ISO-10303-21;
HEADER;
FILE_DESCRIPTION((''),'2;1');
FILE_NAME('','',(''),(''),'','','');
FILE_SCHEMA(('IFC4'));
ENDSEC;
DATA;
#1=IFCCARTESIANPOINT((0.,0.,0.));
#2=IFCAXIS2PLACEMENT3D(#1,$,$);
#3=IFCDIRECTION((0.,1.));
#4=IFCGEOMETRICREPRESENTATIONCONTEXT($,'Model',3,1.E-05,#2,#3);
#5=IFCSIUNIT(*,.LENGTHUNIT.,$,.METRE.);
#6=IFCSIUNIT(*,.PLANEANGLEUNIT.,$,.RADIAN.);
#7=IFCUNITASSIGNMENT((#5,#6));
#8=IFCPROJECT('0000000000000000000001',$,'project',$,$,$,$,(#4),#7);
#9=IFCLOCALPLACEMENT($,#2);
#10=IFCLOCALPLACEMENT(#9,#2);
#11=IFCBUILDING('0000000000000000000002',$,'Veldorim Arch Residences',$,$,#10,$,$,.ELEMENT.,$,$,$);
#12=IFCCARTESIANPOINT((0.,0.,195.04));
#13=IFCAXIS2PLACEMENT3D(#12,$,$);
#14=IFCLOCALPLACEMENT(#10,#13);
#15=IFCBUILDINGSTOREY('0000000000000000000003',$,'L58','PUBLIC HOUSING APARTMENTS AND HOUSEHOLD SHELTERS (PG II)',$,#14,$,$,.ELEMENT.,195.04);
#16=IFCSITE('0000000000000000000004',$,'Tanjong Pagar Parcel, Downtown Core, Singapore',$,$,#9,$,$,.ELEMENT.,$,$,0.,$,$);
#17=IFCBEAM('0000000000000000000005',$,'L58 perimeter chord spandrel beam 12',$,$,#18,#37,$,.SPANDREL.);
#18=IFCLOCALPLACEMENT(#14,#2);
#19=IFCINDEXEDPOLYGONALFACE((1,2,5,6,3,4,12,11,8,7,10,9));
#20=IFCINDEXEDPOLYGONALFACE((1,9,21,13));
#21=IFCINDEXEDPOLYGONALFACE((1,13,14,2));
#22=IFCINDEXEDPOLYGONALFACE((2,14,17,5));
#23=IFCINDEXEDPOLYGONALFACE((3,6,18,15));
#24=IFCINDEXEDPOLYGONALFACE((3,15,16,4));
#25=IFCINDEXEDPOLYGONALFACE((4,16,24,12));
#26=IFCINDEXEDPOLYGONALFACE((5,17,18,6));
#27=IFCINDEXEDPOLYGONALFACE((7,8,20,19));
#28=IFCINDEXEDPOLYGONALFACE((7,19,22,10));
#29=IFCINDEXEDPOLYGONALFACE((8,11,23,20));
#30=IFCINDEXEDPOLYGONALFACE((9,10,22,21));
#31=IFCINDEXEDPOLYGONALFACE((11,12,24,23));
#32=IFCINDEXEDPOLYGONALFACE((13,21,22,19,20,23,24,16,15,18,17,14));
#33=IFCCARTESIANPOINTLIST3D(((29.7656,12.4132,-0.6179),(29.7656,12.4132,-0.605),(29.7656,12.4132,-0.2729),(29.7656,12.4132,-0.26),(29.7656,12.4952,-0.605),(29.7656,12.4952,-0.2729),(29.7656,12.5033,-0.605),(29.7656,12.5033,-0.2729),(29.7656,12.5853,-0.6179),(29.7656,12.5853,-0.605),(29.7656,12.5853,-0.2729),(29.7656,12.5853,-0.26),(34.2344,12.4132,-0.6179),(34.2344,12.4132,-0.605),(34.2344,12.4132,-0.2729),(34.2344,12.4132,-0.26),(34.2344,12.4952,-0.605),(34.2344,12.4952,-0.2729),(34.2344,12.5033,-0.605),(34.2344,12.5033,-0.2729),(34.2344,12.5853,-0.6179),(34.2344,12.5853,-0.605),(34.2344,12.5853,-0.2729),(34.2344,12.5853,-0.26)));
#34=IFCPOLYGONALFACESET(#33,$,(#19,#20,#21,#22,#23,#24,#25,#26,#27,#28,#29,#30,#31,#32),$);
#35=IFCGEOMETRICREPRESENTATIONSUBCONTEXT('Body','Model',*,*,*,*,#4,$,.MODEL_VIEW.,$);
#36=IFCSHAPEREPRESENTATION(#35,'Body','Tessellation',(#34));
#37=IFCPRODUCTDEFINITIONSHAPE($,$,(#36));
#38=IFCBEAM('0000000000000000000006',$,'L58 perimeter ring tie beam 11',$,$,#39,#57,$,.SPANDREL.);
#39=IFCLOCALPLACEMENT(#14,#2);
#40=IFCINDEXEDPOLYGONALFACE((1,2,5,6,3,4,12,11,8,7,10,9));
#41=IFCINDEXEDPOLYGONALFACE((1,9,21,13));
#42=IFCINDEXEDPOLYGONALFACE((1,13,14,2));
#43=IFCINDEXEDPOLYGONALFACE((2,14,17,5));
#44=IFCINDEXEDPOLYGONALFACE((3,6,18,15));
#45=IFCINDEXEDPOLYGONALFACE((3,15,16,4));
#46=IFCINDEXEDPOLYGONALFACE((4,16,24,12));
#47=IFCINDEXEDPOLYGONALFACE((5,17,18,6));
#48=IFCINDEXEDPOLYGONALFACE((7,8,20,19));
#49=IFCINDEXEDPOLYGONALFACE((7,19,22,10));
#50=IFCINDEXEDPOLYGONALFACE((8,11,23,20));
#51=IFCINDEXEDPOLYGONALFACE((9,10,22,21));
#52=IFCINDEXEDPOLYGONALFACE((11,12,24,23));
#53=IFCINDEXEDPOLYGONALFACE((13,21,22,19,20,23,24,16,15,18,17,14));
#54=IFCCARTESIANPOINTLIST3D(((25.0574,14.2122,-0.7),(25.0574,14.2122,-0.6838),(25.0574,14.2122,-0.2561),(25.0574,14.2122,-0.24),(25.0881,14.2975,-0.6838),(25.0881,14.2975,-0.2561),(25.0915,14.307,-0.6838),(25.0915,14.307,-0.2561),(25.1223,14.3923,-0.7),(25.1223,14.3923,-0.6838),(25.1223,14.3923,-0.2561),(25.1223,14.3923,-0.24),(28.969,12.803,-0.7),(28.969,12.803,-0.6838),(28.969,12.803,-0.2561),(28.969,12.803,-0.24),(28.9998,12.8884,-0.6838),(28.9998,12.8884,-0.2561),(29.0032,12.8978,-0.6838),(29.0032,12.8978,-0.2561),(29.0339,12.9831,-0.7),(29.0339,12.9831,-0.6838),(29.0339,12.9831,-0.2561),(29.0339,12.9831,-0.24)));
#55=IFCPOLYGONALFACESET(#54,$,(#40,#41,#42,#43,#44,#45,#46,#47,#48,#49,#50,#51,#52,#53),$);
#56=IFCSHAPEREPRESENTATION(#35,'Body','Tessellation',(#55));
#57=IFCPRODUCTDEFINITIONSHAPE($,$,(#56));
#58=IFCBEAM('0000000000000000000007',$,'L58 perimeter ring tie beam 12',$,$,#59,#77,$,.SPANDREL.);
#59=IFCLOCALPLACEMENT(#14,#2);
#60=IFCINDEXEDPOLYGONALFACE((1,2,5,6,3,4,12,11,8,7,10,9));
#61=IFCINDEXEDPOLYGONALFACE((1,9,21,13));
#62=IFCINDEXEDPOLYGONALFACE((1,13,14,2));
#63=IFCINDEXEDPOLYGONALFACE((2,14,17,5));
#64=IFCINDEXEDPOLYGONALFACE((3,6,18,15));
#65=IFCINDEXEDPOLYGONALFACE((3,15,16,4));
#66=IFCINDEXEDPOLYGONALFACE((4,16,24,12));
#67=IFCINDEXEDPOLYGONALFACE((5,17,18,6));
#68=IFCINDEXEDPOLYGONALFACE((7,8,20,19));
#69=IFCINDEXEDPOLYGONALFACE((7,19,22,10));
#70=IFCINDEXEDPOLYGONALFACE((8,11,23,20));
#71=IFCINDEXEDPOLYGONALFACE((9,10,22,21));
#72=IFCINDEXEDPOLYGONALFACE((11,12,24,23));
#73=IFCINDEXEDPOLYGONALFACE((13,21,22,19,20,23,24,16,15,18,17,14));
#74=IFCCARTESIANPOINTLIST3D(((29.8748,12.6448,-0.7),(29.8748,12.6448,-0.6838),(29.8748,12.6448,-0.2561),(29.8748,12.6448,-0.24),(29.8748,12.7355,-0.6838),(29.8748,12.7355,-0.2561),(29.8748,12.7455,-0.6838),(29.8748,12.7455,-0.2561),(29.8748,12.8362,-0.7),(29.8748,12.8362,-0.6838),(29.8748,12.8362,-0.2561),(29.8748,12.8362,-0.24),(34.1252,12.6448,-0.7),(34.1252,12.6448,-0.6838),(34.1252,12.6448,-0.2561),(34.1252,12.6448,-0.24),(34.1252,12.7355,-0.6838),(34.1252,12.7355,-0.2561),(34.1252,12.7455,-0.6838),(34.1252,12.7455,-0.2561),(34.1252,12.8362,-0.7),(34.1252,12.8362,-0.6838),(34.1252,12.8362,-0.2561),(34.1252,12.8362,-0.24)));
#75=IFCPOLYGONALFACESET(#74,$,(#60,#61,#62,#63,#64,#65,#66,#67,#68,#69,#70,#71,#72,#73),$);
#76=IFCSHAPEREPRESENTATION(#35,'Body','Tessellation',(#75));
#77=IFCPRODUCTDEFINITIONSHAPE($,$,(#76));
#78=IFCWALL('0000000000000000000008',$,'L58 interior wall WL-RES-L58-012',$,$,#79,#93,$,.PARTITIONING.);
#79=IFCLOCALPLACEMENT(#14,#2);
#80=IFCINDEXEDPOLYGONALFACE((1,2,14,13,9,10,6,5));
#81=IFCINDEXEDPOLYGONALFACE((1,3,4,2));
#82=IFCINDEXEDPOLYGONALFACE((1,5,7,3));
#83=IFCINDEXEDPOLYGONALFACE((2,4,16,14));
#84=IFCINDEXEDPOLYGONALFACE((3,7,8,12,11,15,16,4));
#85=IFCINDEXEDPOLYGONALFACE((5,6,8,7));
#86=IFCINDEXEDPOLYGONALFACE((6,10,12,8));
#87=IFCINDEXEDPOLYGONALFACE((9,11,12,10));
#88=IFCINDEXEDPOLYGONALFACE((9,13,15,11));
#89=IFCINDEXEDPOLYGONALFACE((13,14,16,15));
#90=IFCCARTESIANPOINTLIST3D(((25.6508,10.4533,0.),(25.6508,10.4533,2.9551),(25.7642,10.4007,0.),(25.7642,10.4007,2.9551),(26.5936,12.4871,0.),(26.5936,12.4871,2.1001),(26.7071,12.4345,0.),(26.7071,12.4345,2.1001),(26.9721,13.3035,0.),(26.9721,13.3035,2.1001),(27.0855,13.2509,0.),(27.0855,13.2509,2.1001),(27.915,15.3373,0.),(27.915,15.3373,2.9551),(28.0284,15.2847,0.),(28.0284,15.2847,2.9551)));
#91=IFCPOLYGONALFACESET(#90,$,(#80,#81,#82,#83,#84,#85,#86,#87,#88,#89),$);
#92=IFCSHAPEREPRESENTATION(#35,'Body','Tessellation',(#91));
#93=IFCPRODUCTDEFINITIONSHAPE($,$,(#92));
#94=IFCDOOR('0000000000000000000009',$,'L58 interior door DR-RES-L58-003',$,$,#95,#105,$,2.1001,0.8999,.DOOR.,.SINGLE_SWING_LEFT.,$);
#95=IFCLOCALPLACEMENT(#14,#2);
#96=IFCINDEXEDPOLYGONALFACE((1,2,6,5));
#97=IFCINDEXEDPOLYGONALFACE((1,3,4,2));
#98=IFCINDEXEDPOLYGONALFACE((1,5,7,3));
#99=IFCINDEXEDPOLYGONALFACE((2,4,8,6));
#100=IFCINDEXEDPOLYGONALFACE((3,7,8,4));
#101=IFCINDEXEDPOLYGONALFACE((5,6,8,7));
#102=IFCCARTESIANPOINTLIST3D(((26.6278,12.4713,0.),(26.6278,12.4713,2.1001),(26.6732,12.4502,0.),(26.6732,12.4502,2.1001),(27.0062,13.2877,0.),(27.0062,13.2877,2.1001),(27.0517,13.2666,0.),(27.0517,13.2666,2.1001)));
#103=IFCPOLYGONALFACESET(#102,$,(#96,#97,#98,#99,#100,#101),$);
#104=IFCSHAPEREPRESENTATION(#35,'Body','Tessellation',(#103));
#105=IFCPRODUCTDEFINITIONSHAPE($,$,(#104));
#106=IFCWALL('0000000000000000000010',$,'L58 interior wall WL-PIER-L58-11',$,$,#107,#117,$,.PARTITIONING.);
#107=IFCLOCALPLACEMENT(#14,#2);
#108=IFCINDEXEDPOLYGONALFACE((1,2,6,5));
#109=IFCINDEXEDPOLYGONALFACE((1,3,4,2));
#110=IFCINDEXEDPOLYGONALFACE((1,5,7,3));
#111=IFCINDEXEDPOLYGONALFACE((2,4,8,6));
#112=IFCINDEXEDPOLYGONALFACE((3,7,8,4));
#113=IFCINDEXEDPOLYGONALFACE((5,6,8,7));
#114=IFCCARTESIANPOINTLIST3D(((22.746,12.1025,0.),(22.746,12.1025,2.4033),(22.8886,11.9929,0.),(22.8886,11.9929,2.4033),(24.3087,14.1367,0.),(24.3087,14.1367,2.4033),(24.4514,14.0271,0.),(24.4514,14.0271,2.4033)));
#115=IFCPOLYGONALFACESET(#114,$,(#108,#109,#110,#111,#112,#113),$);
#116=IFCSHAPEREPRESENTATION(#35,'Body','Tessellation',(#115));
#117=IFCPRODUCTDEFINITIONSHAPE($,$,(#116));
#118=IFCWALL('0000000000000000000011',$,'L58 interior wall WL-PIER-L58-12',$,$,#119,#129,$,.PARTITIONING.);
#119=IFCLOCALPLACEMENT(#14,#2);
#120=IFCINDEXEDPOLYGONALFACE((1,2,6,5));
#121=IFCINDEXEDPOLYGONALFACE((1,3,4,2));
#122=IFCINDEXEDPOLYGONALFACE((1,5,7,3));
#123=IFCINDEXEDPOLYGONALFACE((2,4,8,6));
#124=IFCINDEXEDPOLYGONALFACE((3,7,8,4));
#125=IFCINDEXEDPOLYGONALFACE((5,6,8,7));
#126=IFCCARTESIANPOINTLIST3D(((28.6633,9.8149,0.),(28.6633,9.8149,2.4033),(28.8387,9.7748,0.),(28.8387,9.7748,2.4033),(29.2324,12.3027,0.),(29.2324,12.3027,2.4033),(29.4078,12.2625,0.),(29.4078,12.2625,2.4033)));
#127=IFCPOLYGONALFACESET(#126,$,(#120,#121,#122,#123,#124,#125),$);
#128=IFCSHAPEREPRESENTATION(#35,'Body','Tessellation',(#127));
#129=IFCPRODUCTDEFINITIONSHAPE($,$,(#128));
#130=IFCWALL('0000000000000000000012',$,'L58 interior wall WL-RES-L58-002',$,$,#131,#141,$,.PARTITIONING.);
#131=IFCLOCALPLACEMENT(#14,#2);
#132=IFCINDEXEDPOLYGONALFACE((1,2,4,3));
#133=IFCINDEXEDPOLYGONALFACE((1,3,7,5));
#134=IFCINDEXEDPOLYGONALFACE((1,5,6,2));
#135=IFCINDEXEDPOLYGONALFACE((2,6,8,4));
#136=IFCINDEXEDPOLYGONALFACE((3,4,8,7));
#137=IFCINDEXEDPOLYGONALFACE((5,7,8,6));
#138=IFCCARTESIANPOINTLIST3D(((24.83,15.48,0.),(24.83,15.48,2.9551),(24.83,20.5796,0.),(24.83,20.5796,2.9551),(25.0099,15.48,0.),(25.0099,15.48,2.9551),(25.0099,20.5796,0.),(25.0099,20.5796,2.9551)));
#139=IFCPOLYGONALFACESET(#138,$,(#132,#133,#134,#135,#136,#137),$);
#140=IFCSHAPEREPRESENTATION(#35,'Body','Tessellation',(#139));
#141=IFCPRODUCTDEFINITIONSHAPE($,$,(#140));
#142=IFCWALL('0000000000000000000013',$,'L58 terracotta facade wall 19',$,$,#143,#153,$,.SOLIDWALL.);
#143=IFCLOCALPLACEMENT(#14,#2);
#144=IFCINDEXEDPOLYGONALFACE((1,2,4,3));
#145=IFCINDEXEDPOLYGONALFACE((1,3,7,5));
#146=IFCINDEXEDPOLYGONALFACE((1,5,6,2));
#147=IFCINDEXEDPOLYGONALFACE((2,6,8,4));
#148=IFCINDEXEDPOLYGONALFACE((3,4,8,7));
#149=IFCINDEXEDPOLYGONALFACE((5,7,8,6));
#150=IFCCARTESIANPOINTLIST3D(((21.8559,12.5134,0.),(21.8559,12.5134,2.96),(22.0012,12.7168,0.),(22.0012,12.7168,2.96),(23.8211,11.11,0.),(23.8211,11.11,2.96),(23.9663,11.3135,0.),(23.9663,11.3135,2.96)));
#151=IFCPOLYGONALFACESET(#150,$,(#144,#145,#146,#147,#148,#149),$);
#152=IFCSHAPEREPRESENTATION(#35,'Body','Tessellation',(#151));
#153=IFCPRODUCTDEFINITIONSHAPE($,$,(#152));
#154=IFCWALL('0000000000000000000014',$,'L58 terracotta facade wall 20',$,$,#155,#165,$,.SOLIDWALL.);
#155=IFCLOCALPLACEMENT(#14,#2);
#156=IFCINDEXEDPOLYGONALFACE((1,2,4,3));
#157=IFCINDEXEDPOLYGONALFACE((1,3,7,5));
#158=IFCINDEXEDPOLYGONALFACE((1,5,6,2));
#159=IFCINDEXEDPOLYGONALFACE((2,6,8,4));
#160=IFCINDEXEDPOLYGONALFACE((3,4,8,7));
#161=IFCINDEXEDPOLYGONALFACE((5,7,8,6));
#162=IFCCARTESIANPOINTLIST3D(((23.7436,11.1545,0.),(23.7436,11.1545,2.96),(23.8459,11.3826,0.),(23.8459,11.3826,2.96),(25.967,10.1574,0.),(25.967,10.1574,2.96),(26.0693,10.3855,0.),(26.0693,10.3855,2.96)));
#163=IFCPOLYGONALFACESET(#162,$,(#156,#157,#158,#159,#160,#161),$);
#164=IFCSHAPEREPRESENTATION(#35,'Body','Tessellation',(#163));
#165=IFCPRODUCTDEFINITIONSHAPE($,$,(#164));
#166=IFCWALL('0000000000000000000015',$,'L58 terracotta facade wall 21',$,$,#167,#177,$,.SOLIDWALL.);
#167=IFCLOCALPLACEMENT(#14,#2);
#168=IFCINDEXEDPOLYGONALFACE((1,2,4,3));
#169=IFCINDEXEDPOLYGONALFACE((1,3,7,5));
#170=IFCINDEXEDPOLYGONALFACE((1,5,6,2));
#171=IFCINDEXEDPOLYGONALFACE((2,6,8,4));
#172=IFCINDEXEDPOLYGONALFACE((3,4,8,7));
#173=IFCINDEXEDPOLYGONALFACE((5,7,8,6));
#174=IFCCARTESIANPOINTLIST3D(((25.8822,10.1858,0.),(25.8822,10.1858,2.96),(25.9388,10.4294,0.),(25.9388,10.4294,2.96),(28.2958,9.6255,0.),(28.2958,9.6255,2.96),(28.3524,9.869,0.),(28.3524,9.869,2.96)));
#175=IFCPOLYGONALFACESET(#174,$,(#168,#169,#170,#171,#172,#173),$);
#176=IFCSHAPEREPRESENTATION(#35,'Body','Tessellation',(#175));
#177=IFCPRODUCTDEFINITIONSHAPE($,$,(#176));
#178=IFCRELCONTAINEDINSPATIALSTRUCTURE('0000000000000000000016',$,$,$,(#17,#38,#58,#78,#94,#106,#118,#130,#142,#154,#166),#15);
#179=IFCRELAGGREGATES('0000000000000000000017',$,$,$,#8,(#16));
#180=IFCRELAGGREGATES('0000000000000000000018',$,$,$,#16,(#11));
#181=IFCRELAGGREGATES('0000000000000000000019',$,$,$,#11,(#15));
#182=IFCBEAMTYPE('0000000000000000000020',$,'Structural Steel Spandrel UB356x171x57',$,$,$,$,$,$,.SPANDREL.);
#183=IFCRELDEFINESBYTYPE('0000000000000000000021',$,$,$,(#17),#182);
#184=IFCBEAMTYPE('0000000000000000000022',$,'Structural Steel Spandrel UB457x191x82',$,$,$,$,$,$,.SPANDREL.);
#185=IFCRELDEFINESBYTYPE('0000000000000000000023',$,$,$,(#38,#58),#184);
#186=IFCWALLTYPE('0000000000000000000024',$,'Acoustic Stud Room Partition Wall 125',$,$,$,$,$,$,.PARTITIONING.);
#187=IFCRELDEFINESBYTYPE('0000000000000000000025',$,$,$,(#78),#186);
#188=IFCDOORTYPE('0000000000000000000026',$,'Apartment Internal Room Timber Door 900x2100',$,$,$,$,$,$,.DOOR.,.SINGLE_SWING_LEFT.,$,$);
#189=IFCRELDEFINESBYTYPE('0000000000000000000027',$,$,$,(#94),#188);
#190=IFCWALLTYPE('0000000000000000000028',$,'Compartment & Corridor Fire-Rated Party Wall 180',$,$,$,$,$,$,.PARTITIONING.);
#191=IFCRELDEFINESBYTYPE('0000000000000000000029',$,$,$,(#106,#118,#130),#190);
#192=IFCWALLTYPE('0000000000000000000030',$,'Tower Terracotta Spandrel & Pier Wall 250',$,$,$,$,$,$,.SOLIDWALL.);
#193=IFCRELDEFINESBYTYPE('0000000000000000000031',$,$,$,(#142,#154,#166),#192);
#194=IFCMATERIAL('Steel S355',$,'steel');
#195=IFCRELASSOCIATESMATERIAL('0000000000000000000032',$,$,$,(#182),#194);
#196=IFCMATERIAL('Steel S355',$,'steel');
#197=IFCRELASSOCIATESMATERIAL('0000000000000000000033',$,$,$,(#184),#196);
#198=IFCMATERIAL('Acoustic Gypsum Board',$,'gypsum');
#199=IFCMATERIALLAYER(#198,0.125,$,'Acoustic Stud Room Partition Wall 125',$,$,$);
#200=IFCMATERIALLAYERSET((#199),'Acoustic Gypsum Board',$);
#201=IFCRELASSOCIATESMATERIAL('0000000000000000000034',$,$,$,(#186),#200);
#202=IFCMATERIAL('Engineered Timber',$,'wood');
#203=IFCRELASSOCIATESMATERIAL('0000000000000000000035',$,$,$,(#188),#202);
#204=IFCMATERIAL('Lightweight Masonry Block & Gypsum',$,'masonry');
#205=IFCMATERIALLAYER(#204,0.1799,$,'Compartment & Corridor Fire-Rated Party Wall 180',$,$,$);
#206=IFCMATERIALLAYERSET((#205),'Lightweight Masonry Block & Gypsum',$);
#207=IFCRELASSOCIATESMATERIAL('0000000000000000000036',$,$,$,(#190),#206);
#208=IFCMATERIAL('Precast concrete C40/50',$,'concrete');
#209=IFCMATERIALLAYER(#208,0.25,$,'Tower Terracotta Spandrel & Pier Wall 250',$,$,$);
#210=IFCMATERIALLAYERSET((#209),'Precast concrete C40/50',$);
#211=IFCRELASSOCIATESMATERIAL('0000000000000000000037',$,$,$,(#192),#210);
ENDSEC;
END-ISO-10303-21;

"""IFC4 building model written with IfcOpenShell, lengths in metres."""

from ifc_helpers import new_model, si_unit, direction, frame, frame_2d, origin, origin_2d, place, context, subcontext, project, spatial, rectangle, i_section, extrude, material, layer, layer_set, material_profile, profile_set, type_object, element, fill, save


model = new_model("IFC4")

# Units and contexts
model_context = context("Model", 3, precision=1e-05, world=origin(), true_north=direction((0.0, 1.0)))
body_context = subcontext(model_context, "Body", "Model", "MODEL_VIEW")
ifc_project = project(units=[si_unit("LENGTHUNIT", "METRE"), si_unit("PLANEANGLEUNIT", "RADIAN")], contexts=[model_context])

# Site, building, storey
site_placement = place(None, origin())
site = spatial("IfcSite", under=ifc_project, at=site_placement, Name="Tanjong Pagar Parcel, Downtown Core, Singapore", CompositionType="ELEMENT", RefElevation=0.0)
building_placement = place(site_placement, origin())
building = spatial("IfcBuilding", under=site, at=building_placement, Name="Veldorim Arch Residences", CompositionType="ELEMENT")
storey_placement = place(building_placement, frame((0.0, 0.0, 195.04)))
storey = spatial("IfcBuildingStorey", under=building, at=storey_placement, Name="L58", Description="PUBLIC HOUSING APARTMENTS AND HOUSEHOLD SHELTERS (PG II)", CompositionType="ELEMENT", Elevation=195.04)

# Beams
ifc_material_1 = material(Name="Steel S355", Category="steel")
ifc_material_profile_1 = material_profile(ifc_material_1, i_section(OverallWidth=0.1721, OverallDepth=0.3579, WebThickness=0.0081, FlangeThickness=0.0129, at=origin_2d()), Name="UB356x171x57")
ifc_profile_set_1 = profile_set([ifc_material_profile_1], Name="Steel S355")
beam_type_1 = type_object("IfcBeamType", Name="Structural Steel Spandrel UB356x171x57", PredefinedType="SPANDREL", material=ifc_profile_set_1)
beam_1_placement = place(storey_placement, frame((29.7656, 12.4993, -0.439), z_axis=(1.0, 0.0, 0.0), x_axis=(0.0, 1.0, 0.0)))
element("IfcBeam", 1, at=beam_1_placement, inside=storey, type_object=beam_type_1, Name="L58 perimeter chord spandrel beam 12", PredefinedType="SPANDREL", context=body_context, shape_type="SweptSolid", body=[
    extrude(i_section(OverallWidth=0.1721, OverallDepth=0.3579, WebThickness=0.0081, FlangeThickness=0.0129, at=origin_2d()), origin(), (0.0, 0.0, 1.0), 4.4688),
])
ifc_material_2 = material(Name="Steel S355", Category="steel")
ifc_material_profile_2 = material_profile(ifc_material_2, i_section(OverallWidth=0.1914, OverallDepth=0.46, WebThickness=0.01, FlangeThickness=0.0161, at=origin_2d()), Name="UB457x191x82")
ifc_profile_set_2 = profile_set([ifc_material_profile_2], Name="Steel S355")
beam_type_2 = type_object("IfcBeamType", Name="Structural Steel Spandrel UB457x191x82", PredefinedType="SPANDREL", material=ifc_profile_set_2)
beam_2_placement = place(storey_placement, frame((25.0898, 14.3022, -0.47), z_axis=(0.940811, -0.338932, 0.0), x_axis=(0.338932, 0.940811, 0.0)))
element("IfcBeam", 2, at=beam_2_placement, inside=storey, type_object=beam_type_2, Name="L58 perimeter ring tie beam 11", PredefinedType="SPANDREL", context=body_context, shape_type="SweptSolid", body=[
    extrude(i_section(OverallWidth=0.1914, OverallDepth=0.46, WebThickness=0.01, FlangeThickness=0.0161, at=origin_2d()), origin(), (0.0, 0.0, 1.0), 4.1577),
])
beam_3_placement = place(storey_placement, frame((29.8748, 12.7405, -0.47), z_axis=(1.0, 0.0, 0.0), x_axis=(0.0, 1.0, 0.0)))
element("IfcBeam", 3, at=beam_3_placement, inside=storey, type_object=beam_type_2, Name="L58 perimeter ring tie beam 12", PredefinedType="SPANDREL", context=body_context, shape_type="SweptSolid", body=[
    extrude(i_section(OverallWidth=0.1914, OverallDepth=0.46, WebThickness=0.01, FlangeThickness=0.0161, at=origin_2d()), origin(), (0.0, 0.0, 1.0), 4.2505),
])

# Wall, opening, door
ifc_material_3 = material(Name="Acoustic Gypsum Board", Category="gypsum")
ifc_layer_1 = layer(ifc_material_3, 0.125, Name="Acoustic Stud Room Partition Wall 125")
ifc_layer_set_1 = layer_set([ifc_layer_1], Name="Acoustic Gypsum Board")
wall_type_1 = type_object("IfcWallType", Name="Acoustic Stud Room Partition Wall 125", PredefinedType="PARTITIONING", material=ifc_layer_set_1)
wall_1_placement = place(storey_placement, frame((25.7075, 10.427, 0.0), z_axis=(0.0, 0.0, 1.0), x_axis=(0.420588, 0.907252, 0.0)))
wall_1 = element("IfcWall", 4, at=wall_1_placement, inside=storey, type_object=wall_type_1, Name="L58 interior wall WL-RES-L58-012", PredefinedType="PARTITIONING", context=body_context, shape_type="SweptSolid", body=[
    extrude(rectangle(XDim=5.3833, YDim=0.125, at=frame_2d((2.6917, 0.0))), origin(), (0.0, 0.0, 1.0), 2.9551),
])
opening_1_placement = place(wall_1_placement, frame((2.2417, 0.0, 0.0)))
opening_1 = element("IfcOpeningElement", 5, at=opening_1_placement, cuts=wall_1, PredefinedType="OPENING", context=body_context, shape_type="SweptSolid", body=[
    extrude(rectangle(XDim=0.8999, YDim=2.1001, at=frame_2d((0.45, 1.05))), frame((0.0, 0.0725, 0.0), z_axis=(0.0, -1.0, 0.0), x_axis=(1.0, 0.0, 0.0)), (0.0, 0.0, 1.0), 0.145),
])
ifc_material_4 = material(Name="Engineered Timber", Category="wood")
door_type_1 = type_object("IfcDoorType", Name="Apartment Internal Room Timber Door 900x2100", OperationType="SINGLE_SWING_LEFT", PredefinedType="DOOR", material=ifc_material_4)
door_1_placement = place(opening_1_placement, origin())
door_1 = element("IfcDoor", 6, at=door_1_placement, inside=storey, type_object=door_type_1, Name="L58 interior door DR-RES-L58-003", OperationType="SINGLE_SWING_LEFT", OverallHeight=2.1001, OverallWidth=0.8999, PredefinedType="DOOR", context=body_context, shape_type="SweptSolid", body=[
    extrude(rectangle(XDim=0.8999, YDim=2.1001, at=frame_2d((0.45, 1.05))), frame((0.0, 0.0249, 0.0), z_axis=(0.0, -1.0, 0.0), x_axis=(1.0, 0.0, 0.0)), (0.0, 0.0, 1.0), 0.05),
])
fill(opening_1, door_1)

# Walls
ifc_material_5 = material(Name="Lightweight Masonry Block & Gypsum", Category="masonry")
ifc_layer_2 = layer(ifc_material_5, 0.1799, Name="Compartment & Corridor Fire-Rated Party Wall 180")
ifc_layer_set_2 = layer_set([ifc_layer_2], Name="Lightweight Masonry Block & Gypsum")
wall_type_2 = type_object("IfcWallType", Name="Compartment & Corridor Fire-Rated Party Wall 180", PredefinedType="PARTITIONING", material=ifc_layer_set_2)
wall_2_placement = place(storey_placement, frame((24.3801, 14.082, 0.0), z_axis=(0.0, 0.0, 1.0), x_axis=(-0.609218, -0.793002, 0.0)))
element("IfcWall", 7, at=wall_2_placement, inside=storey, type_object=wall_type_2, Name="L58 interior wall WL-PIER-L58-11", PredefinedType="PARTITIONING", context=body_context, shape_type="SweptSolid", body=[
    extrude(rectangle(XDim=2.5652, YDim=0.1799, at=frame_2d((1.2827, 0.0))), origin(), (0.0, 0.0, 1.0), 2.4033),
])
wall_3_placement = place(storey_placement, frame((29.3201, 12.2825, 0.0), z_axis=(0.0, 0.0, 1.0), x_axis=(-0.222994, -0.97482, 0.0)))
element("IfcWall", 8, at=wall_3_placement, inside=storey, type_object=wall_type_2, Name="L58 interior wall WL-PIER-L58-12", PredefinedType="PARTITIONING", context=body_context, shape_type="SweptSolid", body=[
    extrude(rectangle(XDim=2.552, YDim=0.1799, at=frame_2d((1.2759, 0.0))), origin(), (0.0, 0.0, 1.0), 2.4033),
])
wall_4_placement = place(storey_placement, frame((24.9199, 15.48, 0.0), z_axis=(0.0, 0.0, 1.0), x_axis=(0.0, 1.0, 0.0)))
element("IfcWall", 9, at=wall_4_placement, inside=storey, type_object=wall_type_2, Name="L58 interior wall WL-RES-L58-002", PredefinedType="PARTITIONING", context=body_context, shape_type="SweptSolid", body=[
    extrude(rectangle(XDim=5.0996, YDim=0.1799, at=frame_2d((2.5498, 0.0))), origin(), (0.0, 0.0, 1.0), 2.9551),
])
ifc_material_6 = material(Name="Precast concrete C40/50", Category="concrete")
ifc_layer_3 = layer(ifc_material_6, 0.25, Name="Tower Terracotta Spandrel & Pier Wall 250")
ifc_layer_set_3 = layer_set([ifc_layer_3], Name="Precast concrete C40/50")
wall_type_3 = type_object("IfcWallType", Name="Tower Terracotta Spandrel & Pier Wall 250", PredefinedType="SOLIDWALL", material=ifc_layer_set_3)
wall_5_placement = place(storey_placement, frame((23.8938, 11.2117, 0.0), z_axis=(0.0, 0.0, 1.0), x_axis=(-0.813795, 0.581152, 0.0)))
element("IfcWall", 10, at=wall_5_placement, inside=storey, type_object=wall_type_3, Name="L58 terracotta facade wall 19", PredefinedType="SOLIDWALL", context=body_context, shape_type="SweptSolid", body=[
    extrude(rectangle(XDim=2.4148, YDim=0.25, at=frame_2d((1.2075, 0.0))), origin(), (0.0, 0.0, 1.0), 2.96),
])
wall_6_placement = place(storey_placement, frame((26.0181, 10.2715, 0.0), z_axis=(0.0, 0.0, 1.0), x_axis=(-0.912451, 0.409185, 0.0)))
element("IfcWall", 11, at=wall_6_placement, inside=storey, type_object=wall_type_3, Name="L58 terracotta facade wall 20", PredefinedType="SOLIDWALL", context=body_context, shape_type="SweptSolid", body=[
    extrude(rectangle(XDim=2.4368, YDim=0.25, at=frame_2d((1.2183, 0.0))), origin(), (0.0, 0.0, 1.0), 2.96),
])
wall_7_placement = place(storey_placement, frame((28.324, 9.7473, 0.0), z_axis=(0.0, 0.0, 1.0), x_axis=(-0.974096, 0.226133, 0.0)))
element("IfcWall", 12, at=wall_7_placement, inside=storey, type_object=wall_type_3, Name="L58 terracotta facade wall 21", PredefinedType="SOLIDWALL", context=body_context, shape_type="SweptSolid", body=[
    extrude(rectangle(XDim=2.4778, YDim=0.25, at=frame_2d((1.2388, 0.0))), origin(), (0.0, 0.0, 1.0), 2.96),
])

save(model, "model.ifc")
